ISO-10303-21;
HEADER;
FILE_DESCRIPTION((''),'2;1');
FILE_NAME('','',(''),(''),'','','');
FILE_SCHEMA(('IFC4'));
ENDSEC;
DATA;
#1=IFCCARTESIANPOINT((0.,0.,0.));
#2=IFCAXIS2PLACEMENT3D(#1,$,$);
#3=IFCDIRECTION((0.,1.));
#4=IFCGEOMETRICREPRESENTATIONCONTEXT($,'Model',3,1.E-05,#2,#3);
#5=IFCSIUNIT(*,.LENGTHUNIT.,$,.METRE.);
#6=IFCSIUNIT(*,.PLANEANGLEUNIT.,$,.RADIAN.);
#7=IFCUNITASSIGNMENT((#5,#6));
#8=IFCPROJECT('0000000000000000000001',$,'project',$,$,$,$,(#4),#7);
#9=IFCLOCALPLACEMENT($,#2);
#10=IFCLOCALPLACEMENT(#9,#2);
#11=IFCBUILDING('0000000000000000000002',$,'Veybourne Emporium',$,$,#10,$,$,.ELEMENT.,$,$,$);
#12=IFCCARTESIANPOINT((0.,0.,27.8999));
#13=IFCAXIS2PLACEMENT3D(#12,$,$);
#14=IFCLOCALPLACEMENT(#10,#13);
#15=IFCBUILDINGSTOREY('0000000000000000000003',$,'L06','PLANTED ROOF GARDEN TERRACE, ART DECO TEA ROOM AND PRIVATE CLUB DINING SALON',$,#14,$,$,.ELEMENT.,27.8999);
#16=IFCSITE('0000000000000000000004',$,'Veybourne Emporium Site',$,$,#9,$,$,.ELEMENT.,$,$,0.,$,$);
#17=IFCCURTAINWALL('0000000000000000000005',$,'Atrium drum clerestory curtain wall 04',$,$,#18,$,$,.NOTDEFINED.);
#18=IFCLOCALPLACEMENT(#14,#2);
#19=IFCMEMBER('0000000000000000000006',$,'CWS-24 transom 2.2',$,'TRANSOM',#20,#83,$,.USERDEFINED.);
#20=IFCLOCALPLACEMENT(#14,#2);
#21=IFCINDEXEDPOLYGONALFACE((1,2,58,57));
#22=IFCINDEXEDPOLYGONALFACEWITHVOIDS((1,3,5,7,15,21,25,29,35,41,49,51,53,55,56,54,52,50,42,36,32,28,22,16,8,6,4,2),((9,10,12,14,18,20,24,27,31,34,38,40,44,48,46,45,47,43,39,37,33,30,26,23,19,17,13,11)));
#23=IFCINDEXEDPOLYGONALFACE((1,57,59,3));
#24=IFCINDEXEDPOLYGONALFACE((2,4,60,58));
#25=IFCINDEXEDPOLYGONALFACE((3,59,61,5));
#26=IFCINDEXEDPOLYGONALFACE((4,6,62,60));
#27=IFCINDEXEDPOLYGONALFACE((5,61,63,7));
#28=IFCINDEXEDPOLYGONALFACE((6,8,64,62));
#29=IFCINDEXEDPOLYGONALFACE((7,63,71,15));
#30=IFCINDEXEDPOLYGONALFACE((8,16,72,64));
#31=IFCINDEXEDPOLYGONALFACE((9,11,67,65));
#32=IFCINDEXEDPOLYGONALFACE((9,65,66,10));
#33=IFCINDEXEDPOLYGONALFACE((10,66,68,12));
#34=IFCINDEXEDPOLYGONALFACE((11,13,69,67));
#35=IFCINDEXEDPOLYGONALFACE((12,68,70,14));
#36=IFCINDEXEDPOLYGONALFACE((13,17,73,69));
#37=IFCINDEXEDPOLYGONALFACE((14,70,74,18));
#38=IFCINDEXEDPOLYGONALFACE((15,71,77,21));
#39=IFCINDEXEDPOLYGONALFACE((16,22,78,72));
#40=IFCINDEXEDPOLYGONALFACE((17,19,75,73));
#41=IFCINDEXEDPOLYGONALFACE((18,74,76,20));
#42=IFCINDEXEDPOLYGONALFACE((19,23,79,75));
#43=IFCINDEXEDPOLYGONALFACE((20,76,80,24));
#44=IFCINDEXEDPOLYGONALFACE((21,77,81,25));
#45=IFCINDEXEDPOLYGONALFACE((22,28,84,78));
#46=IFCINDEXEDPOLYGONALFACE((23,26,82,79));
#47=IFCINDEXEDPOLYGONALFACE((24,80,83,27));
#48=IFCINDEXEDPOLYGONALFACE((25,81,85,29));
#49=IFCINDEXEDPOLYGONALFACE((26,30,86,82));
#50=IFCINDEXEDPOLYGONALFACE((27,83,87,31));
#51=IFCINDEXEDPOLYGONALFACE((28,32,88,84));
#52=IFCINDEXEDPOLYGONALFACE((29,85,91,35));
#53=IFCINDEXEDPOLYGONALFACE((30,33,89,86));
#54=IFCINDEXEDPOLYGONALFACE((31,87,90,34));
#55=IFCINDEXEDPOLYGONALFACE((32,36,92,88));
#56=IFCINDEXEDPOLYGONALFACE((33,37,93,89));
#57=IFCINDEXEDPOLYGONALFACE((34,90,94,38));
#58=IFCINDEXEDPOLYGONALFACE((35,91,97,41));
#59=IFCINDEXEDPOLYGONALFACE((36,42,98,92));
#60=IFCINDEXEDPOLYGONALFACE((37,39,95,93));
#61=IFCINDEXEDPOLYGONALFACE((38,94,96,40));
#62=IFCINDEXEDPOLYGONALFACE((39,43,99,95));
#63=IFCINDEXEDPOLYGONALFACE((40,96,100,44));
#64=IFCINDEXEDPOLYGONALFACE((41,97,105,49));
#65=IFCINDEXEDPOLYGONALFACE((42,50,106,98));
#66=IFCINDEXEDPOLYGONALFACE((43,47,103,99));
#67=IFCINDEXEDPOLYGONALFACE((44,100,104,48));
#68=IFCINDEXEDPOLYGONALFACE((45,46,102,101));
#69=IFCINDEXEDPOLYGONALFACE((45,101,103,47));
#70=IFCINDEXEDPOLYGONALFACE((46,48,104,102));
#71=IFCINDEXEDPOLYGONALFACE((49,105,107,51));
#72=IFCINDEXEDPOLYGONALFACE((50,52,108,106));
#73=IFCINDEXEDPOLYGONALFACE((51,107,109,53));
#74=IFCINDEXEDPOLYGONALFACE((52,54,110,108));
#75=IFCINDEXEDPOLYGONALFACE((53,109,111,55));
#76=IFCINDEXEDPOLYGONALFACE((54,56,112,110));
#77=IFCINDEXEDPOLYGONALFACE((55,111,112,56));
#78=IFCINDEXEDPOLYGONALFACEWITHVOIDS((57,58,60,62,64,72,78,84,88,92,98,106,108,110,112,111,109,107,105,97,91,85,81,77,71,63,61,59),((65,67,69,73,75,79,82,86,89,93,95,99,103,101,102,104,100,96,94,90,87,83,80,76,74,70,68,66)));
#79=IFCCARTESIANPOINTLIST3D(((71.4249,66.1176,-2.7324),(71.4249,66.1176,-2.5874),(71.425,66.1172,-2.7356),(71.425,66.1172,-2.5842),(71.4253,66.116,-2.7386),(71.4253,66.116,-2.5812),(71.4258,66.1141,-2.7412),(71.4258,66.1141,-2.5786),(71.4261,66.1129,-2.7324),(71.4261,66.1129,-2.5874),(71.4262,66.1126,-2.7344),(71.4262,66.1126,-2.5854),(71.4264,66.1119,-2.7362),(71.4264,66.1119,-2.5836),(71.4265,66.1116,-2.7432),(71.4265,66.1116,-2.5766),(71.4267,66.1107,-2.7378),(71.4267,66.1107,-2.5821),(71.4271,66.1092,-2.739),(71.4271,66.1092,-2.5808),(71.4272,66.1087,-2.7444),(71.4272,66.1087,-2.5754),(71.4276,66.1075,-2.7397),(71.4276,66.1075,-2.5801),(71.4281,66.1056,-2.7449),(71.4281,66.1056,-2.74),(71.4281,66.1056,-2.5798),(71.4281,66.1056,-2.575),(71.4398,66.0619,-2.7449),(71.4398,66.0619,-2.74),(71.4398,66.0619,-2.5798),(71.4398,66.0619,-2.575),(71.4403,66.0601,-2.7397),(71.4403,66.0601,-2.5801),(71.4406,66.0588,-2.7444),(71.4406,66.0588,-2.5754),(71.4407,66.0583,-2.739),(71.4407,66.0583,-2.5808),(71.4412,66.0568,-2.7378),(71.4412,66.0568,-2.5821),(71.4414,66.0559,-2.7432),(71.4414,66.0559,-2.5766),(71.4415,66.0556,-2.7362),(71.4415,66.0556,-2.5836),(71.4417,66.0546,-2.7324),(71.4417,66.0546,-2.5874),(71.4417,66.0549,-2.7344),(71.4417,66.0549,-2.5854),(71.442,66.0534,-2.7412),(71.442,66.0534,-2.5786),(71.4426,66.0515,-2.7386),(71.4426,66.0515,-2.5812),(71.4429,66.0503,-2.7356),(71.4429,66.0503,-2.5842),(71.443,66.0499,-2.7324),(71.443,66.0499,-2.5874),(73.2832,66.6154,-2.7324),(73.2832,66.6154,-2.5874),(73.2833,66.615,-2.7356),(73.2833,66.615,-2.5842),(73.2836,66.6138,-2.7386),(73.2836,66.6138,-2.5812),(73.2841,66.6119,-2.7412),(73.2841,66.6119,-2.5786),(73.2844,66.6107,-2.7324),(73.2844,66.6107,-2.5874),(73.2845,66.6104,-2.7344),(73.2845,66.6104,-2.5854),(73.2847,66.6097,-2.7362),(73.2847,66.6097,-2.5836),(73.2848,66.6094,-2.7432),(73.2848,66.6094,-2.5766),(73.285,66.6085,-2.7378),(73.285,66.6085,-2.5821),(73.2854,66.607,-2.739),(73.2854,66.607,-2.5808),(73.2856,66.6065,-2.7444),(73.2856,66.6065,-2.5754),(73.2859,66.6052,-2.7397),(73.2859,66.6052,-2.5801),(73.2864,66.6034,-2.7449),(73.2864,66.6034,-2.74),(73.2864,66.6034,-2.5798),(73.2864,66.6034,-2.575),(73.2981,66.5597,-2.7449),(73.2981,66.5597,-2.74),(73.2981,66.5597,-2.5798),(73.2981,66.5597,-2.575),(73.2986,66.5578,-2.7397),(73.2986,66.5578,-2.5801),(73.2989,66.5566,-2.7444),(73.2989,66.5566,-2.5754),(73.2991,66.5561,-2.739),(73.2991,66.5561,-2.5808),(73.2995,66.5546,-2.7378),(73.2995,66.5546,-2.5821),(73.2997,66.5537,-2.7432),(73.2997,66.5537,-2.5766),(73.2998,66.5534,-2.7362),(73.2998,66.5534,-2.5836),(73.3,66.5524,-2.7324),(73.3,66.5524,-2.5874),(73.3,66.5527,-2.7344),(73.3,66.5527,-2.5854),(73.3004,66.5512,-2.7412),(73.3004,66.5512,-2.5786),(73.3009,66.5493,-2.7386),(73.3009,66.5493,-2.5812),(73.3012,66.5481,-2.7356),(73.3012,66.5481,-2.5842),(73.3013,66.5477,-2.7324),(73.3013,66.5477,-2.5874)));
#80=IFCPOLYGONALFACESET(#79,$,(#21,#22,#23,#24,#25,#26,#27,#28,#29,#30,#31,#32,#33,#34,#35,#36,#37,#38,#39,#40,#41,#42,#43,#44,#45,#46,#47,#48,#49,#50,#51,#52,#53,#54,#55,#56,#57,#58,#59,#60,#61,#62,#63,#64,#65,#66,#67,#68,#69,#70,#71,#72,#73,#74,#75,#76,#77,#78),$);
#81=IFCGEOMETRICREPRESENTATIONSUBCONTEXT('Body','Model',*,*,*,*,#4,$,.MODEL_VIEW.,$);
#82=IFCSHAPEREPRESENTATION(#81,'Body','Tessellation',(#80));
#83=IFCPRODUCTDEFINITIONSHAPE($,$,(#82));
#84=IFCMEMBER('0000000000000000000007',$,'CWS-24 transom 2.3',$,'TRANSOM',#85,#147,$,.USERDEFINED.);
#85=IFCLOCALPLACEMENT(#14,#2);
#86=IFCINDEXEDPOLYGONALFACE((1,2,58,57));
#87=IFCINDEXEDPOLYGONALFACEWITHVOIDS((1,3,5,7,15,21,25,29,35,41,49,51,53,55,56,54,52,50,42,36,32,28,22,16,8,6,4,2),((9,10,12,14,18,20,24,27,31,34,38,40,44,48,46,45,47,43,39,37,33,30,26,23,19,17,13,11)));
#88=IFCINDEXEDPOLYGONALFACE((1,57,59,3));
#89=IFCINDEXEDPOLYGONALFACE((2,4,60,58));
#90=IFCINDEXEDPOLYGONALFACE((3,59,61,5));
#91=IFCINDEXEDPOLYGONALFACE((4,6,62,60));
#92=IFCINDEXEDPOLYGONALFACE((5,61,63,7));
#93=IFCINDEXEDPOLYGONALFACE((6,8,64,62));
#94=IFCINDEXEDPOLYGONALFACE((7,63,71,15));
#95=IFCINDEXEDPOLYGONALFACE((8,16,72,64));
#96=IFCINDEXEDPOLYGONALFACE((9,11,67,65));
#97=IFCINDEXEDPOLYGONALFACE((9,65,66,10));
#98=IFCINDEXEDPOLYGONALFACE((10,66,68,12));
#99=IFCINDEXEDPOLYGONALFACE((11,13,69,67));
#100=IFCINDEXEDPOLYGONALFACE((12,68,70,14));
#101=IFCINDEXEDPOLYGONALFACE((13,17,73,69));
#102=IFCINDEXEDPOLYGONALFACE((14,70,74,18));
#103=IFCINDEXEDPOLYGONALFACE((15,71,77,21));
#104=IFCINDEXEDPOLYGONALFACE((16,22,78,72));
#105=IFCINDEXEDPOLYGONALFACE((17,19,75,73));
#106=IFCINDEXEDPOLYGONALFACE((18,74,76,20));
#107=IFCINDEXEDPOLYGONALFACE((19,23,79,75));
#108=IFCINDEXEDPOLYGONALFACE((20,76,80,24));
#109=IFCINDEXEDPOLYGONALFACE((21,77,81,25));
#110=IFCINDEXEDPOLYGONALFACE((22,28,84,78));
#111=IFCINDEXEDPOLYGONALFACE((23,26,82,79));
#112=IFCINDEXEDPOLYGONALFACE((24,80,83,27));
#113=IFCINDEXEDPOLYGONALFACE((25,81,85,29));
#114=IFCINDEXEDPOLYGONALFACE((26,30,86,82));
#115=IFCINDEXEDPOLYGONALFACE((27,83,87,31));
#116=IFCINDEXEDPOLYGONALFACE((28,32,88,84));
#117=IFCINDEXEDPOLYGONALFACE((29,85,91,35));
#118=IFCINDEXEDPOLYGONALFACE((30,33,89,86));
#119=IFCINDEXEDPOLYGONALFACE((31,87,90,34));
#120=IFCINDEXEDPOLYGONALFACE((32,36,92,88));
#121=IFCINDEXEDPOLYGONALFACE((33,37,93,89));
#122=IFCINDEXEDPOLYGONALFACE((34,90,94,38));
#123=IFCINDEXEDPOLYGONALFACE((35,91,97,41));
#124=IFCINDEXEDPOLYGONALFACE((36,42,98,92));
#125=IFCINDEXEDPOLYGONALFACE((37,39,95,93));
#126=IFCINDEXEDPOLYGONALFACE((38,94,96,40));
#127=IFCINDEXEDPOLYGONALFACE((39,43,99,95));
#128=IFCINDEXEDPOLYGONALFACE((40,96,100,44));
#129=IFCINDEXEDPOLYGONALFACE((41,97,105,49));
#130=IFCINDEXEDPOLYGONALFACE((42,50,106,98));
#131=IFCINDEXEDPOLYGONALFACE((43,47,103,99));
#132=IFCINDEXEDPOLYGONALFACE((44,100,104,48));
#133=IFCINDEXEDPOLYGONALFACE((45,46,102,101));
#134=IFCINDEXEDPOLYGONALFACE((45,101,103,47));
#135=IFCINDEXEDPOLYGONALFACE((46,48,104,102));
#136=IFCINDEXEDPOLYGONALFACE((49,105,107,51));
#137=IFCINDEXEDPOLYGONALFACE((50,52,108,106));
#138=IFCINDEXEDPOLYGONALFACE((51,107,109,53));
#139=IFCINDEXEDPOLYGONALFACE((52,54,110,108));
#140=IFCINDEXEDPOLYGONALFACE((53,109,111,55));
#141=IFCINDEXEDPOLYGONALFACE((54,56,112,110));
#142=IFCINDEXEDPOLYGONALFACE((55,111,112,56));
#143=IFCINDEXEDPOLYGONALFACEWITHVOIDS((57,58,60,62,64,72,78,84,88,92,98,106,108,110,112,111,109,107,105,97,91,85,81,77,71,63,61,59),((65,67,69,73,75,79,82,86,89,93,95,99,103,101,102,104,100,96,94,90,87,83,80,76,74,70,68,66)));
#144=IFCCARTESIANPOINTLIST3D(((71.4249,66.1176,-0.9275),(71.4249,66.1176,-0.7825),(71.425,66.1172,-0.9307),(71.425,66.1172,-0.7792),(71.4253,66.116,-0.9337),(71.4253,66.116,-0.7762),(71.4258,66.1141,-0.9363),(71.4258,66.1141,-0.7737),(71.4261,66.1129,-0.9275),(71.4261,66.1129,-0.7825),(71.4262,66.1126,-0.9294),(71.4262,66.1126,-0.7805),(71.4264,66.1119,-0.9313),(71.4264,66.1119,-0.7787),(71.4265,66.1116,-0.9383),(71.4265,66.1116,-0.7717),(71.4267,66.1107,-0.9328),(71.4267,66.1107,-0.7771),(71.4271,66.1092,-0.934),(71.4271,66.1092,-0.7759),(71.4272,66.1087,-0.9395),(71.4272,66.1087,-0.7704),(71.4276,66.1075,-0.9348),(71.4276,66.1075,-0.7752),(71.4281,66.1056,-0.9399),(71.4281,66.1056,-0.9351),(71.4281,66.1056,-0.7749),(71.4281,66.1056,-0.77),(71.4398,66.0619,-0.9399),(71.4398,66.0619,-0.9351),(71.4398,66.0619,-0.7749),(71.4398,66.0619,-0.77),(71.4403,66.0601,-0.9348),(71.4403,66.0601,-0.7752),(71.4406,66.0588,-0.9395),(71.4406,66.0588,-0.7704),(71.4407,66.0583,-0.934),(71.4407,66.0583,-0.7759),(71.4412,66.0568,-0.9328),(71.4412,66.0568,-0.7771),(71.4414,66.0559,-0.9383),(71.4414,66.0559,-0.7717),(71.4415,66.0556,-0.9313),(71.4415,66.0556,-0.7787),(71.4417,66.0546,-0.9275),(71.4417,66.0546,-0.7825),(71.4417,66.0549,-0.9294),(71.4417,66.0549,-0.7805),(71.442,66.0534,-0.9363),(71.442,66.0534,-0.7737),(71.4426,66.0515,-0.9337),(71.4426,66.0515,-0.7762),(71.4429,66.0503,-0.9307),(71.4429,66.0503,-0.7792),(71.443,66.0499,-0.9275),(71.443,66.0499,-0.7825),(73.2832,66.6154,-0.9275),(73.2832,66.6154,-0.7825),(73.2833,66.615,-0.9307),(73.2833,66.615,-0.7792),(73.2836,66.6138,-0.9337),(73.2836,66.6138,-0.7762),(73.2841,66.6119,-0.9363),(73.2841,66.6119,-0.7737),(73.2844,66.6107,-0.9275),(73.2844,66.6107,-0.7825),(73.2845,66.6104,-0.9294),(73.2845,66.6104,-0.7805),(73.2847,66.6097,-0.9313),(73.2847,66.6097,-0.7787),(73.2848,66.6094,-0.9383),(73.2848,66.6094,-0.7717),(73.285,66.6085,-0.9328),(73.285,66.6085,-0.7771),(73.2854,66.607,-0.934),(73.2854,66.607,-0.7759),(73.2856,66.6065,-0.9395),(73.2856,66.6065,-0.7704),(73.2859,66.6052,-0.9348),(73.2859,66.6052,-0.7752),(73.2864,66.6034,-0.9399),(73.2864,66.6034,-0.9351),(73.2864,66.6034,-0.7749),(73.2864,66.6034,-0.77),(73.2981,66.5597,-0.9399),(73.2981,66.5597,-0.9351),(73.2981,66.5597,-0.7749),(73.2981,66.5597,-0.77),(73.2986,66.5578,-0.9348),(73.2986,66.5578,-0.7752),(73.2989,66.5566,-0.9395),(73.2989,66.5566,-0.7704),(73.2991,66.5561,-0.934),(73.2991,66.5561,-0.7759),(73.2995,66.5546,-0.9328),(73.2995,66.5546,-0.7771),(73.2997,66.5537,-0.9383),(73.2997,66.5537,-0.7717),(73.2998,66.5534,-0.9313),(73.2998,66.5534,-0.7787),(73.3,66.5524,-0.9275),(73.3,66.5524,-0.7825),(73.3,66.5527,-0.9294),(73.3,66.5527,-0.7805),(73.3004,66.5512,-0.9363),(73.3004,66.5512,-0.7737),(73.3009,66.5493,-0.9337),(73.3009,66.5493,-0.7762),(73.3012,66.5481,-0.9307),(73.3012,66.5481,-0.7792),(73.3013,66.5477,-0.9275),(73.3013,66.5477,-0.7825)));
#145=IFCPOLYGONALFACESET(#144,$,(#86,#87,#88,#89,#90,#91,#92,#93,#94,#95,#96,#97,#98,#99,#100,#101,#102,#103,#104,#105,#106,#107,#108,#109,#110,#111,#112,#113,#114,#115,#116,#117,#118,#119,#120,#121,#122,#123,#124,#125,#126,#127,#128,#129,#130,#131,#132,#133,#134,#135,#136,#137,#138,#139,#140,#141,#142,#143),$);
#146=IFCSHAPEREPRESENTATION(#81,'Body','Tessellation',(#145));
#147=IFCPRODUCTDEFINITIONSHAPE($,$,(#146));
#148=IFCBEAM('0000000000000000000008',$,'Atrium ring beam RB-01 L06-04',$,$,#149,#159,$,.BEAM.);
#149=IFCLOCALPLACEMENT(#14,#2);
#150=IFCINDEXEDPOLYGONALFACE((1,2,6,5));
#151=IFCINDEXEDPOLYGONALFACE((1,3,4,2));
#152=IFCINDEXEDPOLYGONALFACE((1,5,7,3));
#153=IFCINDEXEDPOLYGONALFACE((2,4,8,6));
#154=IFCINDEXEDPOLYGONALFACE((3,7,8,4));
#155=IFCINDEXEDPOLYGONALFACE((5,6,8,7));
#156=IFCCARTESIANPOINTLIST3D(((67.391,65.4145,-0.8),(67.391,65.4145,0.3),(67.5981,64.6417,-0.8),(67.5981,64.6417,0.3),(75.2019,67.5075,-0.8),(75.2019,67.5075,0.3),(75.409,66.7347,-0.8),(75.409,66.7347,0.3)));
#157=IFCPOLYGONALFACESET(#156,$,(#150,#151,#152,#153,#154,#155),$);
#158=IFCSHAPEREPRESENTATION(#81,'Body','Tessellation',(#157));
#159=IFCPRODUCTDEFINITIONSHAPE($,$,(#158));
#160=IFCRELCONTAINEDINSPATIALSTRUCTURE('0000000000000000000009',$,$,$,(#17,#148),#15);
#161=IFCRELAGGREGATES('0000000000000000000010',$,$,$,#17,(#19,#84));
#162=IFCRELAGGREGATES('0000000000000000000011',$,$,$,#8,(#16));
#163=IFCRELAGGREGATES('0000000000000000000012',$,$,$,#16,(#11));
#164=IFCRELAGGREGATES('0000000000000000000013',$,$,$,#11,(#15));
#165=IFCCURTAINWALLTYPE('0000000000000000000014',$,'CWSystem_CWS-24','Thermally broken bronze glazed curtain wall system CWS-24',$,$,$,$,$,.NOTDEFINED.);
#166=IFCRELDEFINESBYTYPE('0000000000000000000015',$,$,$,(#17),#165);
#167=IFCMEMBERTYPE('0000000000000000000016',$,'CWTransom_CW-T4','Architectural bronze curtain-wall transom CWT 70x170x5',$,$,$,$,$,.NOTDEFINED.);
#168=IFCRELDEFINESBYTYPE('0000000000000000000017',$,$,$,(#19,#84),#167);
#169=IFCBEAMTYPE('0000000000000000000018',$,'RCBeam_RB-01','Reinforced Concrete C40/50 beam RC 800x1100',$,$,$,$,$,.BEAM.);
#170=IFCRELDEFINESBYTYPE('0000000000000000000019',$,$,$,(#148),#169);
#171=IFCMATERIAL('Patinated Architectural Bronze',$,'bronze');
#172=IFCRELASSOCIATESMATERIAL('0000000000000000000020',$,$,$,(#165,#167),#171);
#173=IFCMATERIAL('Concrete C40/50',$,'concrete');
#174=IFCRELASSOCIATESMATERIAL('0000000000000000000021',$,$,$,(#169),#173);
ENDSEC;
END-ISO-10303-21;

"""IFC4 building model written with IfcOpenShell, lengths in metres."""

from ifc_helpers import new_model, si_unit, direction, frame, origin, origin_2d, place, context, subcontext, project, spatial, rectangle, hollow_rectangle, extrude, material, material_profile, profile_set, type_object, element, aggregate, save


model = new_model("IFC4")

# Units and contexts
model_context = context("Model", 3, precision=1e-05, world=origin(), true_north=direction((0.0, 1.0)))
body_context = subcontext(model_context, "Body", "Model", "MODEL_VIEW")
ifc_project = project(units=[si_unit("LENGTHUNIT", "METRE"), si_unit("PLANEANGLEUNIT", "RADIAN")], contexts=[model_context])

# Site, building, storey
site_placement = place(None, origin())
site = spatial("IfcSite", under=ifc_project, at=site_placement, Name="Veybourne Emporium Site", CompositionType="ELEMENT", RefElevation=0.0)
building_placement = place(site_placement, origin())
building = spatial("IfcBuilding", under=site, at=building_placement, Name="Veybourne Emporium", CompositionType="ELEMENT")
storey_placement = place(building_placement, frame((0.0, 0.0, 27.8999)))
storey = spatial("IfcBuildingStorey", under=building, at=storey_placement, Name="L06", Description="PLANTED ROOF GARDEN TERRACE, ART DECO TEA ROOM AND PRIVATE CLUB DINING SALON", CompositionType="ELEMENT", Elevation=27.8999)

# Shared definitions
ifc_material_1 = material(Name="Concrete C40/50", Category="concrete")

# Curtain wall
ifc_material_2 = material(Name="Patinated Architectural Bronze", Category="bronze")
curtain_wall_type_1 = type_object("IfcCurtainWallType", Name="CWSystem_CWS-24", Description="Thermally broken bronze glazed curtain wall system CWS-24", PredefinedType="NOTDEFINED", material=ifc_material_2)
curtain_wall_1_placement = place(storey_placement, origin())
curtain_wall_1 = element("IfcCurtainWall", 1, at=curtain_wall_1_placement, inside=storey, type_object=curtain_wall_type_1, Name="Atrium drum clerestory curtain wall 04", PredefinedType="NOTDEFINED")

# Members
ifc_material_profile_1 = material_profile(ifc_material_2, hollow_rectangle(XDim=0.0701, YDim=0.1699, WallThickness=0.0049, InnerFilletRadius=0.0076, OuterFilletRadius=0.0125, at=origin_2d()), Name="CWT 70x170x5")
ifc_profile_set_1 = profile_set([ifc_material_profile_1], Name="Patinated Architectural Bronze")
member_type_1 = type_object("IfcMemberType", Name="CWTransom_CW-T4", Description="Architectural bronze curtain-wall transom CWT 70x170x5", PredefinedType="NOTDEFINED", material=ifc_profile_set_1)
member_1_placement = place(storey_placement, frame((73.2922, 66.5815, -2.6599), z_axis=(-0.965946, -0.258745, 0.0), x_axis=(0.258745, -0.965946, 0.0)))
member_1 = element("IfcMember", 2, at=member_1_placement, type_object=member_type_1, Name="CWS-24 transom 2.2", ObjectType="TRANSOM", PredefinedType="USERDEFINED", context=body_context, shape_type="SweptSolid", body=[
    extrude(hollow_rectangle(XDim=0.0701, YDim=0.1699, WallThickness=0.0049, InnerFilletRadius=0.0076, OuterFilletRadius=0.0125, at=origin_2d()), origin(), (0.0, 0.0, 1.0), 1.9238),
])
member_2_placement = place(storey_placement, frame((73.2922, 66.5815, -0.855), z_axis=(-0.965946, -0.258745, 0.0), x_axis=(0.258745, -0.965946, 0.0)))
member_2 = element("IfcMember", 3, at=member_2_placement, type_object=member_type_1, Name="CWS-24 transom 2.3", ObjectType="TRANSOM", PredefinedType="USERDEFINED", context=body_context, shape_type="SweptSolid", body=[
    extrude(hollow_rectangle(XDim=0.0701, YDim=0.1699, WallThickness=0.0049, InnerFilletRadius=0.0076, OuterFilletRadius=0.0125, at=origin_2d()), origin(), (0.0, 0.0, 1.0), 1.9238),
])

# Beam
ifc_material_profile_2 = material_profile(ifc_material_1, rectangle(XDim=0.8, YDim=1.1001, at=origin_2d()), Name="RC 800x1100")
ifc_profile_set_2 = profile_set([ifc_material_profile_2], Name="Concrete C40/50")
beam_type = type_object("IfcBeamType", Name="RCBeam_RB-01", Description="Reinforced Concrete C40/50 beam RC 800x1100", PredefinedType="BEAM", material=ifc_profile_set_2)
beam_placement = place(storey_placement, frame((75.3054, 67.1211, -0.25), z_axis=(-0.965922, -0.258833, 0.0), x_axis=(0.258833, -0.965922, 0.0)))
element("IfcBeam", 4, at=beam_placement, inside=storey, type_object=beam_type, Name="Atrium ring beam RB-01 L06-04", PredefinedType="BEAM", context=body_context, shape_type="SweptSolid", body=[
    extrude(rectangle(XDim=0.8, YDim=1.1001, at=origin_2d()), origin(), (0.0, 0.0, 1.0), 8.0864),
])

aggregate(curtain_wall_1, [member_1, member_2])

save(model, "model.ifc")
